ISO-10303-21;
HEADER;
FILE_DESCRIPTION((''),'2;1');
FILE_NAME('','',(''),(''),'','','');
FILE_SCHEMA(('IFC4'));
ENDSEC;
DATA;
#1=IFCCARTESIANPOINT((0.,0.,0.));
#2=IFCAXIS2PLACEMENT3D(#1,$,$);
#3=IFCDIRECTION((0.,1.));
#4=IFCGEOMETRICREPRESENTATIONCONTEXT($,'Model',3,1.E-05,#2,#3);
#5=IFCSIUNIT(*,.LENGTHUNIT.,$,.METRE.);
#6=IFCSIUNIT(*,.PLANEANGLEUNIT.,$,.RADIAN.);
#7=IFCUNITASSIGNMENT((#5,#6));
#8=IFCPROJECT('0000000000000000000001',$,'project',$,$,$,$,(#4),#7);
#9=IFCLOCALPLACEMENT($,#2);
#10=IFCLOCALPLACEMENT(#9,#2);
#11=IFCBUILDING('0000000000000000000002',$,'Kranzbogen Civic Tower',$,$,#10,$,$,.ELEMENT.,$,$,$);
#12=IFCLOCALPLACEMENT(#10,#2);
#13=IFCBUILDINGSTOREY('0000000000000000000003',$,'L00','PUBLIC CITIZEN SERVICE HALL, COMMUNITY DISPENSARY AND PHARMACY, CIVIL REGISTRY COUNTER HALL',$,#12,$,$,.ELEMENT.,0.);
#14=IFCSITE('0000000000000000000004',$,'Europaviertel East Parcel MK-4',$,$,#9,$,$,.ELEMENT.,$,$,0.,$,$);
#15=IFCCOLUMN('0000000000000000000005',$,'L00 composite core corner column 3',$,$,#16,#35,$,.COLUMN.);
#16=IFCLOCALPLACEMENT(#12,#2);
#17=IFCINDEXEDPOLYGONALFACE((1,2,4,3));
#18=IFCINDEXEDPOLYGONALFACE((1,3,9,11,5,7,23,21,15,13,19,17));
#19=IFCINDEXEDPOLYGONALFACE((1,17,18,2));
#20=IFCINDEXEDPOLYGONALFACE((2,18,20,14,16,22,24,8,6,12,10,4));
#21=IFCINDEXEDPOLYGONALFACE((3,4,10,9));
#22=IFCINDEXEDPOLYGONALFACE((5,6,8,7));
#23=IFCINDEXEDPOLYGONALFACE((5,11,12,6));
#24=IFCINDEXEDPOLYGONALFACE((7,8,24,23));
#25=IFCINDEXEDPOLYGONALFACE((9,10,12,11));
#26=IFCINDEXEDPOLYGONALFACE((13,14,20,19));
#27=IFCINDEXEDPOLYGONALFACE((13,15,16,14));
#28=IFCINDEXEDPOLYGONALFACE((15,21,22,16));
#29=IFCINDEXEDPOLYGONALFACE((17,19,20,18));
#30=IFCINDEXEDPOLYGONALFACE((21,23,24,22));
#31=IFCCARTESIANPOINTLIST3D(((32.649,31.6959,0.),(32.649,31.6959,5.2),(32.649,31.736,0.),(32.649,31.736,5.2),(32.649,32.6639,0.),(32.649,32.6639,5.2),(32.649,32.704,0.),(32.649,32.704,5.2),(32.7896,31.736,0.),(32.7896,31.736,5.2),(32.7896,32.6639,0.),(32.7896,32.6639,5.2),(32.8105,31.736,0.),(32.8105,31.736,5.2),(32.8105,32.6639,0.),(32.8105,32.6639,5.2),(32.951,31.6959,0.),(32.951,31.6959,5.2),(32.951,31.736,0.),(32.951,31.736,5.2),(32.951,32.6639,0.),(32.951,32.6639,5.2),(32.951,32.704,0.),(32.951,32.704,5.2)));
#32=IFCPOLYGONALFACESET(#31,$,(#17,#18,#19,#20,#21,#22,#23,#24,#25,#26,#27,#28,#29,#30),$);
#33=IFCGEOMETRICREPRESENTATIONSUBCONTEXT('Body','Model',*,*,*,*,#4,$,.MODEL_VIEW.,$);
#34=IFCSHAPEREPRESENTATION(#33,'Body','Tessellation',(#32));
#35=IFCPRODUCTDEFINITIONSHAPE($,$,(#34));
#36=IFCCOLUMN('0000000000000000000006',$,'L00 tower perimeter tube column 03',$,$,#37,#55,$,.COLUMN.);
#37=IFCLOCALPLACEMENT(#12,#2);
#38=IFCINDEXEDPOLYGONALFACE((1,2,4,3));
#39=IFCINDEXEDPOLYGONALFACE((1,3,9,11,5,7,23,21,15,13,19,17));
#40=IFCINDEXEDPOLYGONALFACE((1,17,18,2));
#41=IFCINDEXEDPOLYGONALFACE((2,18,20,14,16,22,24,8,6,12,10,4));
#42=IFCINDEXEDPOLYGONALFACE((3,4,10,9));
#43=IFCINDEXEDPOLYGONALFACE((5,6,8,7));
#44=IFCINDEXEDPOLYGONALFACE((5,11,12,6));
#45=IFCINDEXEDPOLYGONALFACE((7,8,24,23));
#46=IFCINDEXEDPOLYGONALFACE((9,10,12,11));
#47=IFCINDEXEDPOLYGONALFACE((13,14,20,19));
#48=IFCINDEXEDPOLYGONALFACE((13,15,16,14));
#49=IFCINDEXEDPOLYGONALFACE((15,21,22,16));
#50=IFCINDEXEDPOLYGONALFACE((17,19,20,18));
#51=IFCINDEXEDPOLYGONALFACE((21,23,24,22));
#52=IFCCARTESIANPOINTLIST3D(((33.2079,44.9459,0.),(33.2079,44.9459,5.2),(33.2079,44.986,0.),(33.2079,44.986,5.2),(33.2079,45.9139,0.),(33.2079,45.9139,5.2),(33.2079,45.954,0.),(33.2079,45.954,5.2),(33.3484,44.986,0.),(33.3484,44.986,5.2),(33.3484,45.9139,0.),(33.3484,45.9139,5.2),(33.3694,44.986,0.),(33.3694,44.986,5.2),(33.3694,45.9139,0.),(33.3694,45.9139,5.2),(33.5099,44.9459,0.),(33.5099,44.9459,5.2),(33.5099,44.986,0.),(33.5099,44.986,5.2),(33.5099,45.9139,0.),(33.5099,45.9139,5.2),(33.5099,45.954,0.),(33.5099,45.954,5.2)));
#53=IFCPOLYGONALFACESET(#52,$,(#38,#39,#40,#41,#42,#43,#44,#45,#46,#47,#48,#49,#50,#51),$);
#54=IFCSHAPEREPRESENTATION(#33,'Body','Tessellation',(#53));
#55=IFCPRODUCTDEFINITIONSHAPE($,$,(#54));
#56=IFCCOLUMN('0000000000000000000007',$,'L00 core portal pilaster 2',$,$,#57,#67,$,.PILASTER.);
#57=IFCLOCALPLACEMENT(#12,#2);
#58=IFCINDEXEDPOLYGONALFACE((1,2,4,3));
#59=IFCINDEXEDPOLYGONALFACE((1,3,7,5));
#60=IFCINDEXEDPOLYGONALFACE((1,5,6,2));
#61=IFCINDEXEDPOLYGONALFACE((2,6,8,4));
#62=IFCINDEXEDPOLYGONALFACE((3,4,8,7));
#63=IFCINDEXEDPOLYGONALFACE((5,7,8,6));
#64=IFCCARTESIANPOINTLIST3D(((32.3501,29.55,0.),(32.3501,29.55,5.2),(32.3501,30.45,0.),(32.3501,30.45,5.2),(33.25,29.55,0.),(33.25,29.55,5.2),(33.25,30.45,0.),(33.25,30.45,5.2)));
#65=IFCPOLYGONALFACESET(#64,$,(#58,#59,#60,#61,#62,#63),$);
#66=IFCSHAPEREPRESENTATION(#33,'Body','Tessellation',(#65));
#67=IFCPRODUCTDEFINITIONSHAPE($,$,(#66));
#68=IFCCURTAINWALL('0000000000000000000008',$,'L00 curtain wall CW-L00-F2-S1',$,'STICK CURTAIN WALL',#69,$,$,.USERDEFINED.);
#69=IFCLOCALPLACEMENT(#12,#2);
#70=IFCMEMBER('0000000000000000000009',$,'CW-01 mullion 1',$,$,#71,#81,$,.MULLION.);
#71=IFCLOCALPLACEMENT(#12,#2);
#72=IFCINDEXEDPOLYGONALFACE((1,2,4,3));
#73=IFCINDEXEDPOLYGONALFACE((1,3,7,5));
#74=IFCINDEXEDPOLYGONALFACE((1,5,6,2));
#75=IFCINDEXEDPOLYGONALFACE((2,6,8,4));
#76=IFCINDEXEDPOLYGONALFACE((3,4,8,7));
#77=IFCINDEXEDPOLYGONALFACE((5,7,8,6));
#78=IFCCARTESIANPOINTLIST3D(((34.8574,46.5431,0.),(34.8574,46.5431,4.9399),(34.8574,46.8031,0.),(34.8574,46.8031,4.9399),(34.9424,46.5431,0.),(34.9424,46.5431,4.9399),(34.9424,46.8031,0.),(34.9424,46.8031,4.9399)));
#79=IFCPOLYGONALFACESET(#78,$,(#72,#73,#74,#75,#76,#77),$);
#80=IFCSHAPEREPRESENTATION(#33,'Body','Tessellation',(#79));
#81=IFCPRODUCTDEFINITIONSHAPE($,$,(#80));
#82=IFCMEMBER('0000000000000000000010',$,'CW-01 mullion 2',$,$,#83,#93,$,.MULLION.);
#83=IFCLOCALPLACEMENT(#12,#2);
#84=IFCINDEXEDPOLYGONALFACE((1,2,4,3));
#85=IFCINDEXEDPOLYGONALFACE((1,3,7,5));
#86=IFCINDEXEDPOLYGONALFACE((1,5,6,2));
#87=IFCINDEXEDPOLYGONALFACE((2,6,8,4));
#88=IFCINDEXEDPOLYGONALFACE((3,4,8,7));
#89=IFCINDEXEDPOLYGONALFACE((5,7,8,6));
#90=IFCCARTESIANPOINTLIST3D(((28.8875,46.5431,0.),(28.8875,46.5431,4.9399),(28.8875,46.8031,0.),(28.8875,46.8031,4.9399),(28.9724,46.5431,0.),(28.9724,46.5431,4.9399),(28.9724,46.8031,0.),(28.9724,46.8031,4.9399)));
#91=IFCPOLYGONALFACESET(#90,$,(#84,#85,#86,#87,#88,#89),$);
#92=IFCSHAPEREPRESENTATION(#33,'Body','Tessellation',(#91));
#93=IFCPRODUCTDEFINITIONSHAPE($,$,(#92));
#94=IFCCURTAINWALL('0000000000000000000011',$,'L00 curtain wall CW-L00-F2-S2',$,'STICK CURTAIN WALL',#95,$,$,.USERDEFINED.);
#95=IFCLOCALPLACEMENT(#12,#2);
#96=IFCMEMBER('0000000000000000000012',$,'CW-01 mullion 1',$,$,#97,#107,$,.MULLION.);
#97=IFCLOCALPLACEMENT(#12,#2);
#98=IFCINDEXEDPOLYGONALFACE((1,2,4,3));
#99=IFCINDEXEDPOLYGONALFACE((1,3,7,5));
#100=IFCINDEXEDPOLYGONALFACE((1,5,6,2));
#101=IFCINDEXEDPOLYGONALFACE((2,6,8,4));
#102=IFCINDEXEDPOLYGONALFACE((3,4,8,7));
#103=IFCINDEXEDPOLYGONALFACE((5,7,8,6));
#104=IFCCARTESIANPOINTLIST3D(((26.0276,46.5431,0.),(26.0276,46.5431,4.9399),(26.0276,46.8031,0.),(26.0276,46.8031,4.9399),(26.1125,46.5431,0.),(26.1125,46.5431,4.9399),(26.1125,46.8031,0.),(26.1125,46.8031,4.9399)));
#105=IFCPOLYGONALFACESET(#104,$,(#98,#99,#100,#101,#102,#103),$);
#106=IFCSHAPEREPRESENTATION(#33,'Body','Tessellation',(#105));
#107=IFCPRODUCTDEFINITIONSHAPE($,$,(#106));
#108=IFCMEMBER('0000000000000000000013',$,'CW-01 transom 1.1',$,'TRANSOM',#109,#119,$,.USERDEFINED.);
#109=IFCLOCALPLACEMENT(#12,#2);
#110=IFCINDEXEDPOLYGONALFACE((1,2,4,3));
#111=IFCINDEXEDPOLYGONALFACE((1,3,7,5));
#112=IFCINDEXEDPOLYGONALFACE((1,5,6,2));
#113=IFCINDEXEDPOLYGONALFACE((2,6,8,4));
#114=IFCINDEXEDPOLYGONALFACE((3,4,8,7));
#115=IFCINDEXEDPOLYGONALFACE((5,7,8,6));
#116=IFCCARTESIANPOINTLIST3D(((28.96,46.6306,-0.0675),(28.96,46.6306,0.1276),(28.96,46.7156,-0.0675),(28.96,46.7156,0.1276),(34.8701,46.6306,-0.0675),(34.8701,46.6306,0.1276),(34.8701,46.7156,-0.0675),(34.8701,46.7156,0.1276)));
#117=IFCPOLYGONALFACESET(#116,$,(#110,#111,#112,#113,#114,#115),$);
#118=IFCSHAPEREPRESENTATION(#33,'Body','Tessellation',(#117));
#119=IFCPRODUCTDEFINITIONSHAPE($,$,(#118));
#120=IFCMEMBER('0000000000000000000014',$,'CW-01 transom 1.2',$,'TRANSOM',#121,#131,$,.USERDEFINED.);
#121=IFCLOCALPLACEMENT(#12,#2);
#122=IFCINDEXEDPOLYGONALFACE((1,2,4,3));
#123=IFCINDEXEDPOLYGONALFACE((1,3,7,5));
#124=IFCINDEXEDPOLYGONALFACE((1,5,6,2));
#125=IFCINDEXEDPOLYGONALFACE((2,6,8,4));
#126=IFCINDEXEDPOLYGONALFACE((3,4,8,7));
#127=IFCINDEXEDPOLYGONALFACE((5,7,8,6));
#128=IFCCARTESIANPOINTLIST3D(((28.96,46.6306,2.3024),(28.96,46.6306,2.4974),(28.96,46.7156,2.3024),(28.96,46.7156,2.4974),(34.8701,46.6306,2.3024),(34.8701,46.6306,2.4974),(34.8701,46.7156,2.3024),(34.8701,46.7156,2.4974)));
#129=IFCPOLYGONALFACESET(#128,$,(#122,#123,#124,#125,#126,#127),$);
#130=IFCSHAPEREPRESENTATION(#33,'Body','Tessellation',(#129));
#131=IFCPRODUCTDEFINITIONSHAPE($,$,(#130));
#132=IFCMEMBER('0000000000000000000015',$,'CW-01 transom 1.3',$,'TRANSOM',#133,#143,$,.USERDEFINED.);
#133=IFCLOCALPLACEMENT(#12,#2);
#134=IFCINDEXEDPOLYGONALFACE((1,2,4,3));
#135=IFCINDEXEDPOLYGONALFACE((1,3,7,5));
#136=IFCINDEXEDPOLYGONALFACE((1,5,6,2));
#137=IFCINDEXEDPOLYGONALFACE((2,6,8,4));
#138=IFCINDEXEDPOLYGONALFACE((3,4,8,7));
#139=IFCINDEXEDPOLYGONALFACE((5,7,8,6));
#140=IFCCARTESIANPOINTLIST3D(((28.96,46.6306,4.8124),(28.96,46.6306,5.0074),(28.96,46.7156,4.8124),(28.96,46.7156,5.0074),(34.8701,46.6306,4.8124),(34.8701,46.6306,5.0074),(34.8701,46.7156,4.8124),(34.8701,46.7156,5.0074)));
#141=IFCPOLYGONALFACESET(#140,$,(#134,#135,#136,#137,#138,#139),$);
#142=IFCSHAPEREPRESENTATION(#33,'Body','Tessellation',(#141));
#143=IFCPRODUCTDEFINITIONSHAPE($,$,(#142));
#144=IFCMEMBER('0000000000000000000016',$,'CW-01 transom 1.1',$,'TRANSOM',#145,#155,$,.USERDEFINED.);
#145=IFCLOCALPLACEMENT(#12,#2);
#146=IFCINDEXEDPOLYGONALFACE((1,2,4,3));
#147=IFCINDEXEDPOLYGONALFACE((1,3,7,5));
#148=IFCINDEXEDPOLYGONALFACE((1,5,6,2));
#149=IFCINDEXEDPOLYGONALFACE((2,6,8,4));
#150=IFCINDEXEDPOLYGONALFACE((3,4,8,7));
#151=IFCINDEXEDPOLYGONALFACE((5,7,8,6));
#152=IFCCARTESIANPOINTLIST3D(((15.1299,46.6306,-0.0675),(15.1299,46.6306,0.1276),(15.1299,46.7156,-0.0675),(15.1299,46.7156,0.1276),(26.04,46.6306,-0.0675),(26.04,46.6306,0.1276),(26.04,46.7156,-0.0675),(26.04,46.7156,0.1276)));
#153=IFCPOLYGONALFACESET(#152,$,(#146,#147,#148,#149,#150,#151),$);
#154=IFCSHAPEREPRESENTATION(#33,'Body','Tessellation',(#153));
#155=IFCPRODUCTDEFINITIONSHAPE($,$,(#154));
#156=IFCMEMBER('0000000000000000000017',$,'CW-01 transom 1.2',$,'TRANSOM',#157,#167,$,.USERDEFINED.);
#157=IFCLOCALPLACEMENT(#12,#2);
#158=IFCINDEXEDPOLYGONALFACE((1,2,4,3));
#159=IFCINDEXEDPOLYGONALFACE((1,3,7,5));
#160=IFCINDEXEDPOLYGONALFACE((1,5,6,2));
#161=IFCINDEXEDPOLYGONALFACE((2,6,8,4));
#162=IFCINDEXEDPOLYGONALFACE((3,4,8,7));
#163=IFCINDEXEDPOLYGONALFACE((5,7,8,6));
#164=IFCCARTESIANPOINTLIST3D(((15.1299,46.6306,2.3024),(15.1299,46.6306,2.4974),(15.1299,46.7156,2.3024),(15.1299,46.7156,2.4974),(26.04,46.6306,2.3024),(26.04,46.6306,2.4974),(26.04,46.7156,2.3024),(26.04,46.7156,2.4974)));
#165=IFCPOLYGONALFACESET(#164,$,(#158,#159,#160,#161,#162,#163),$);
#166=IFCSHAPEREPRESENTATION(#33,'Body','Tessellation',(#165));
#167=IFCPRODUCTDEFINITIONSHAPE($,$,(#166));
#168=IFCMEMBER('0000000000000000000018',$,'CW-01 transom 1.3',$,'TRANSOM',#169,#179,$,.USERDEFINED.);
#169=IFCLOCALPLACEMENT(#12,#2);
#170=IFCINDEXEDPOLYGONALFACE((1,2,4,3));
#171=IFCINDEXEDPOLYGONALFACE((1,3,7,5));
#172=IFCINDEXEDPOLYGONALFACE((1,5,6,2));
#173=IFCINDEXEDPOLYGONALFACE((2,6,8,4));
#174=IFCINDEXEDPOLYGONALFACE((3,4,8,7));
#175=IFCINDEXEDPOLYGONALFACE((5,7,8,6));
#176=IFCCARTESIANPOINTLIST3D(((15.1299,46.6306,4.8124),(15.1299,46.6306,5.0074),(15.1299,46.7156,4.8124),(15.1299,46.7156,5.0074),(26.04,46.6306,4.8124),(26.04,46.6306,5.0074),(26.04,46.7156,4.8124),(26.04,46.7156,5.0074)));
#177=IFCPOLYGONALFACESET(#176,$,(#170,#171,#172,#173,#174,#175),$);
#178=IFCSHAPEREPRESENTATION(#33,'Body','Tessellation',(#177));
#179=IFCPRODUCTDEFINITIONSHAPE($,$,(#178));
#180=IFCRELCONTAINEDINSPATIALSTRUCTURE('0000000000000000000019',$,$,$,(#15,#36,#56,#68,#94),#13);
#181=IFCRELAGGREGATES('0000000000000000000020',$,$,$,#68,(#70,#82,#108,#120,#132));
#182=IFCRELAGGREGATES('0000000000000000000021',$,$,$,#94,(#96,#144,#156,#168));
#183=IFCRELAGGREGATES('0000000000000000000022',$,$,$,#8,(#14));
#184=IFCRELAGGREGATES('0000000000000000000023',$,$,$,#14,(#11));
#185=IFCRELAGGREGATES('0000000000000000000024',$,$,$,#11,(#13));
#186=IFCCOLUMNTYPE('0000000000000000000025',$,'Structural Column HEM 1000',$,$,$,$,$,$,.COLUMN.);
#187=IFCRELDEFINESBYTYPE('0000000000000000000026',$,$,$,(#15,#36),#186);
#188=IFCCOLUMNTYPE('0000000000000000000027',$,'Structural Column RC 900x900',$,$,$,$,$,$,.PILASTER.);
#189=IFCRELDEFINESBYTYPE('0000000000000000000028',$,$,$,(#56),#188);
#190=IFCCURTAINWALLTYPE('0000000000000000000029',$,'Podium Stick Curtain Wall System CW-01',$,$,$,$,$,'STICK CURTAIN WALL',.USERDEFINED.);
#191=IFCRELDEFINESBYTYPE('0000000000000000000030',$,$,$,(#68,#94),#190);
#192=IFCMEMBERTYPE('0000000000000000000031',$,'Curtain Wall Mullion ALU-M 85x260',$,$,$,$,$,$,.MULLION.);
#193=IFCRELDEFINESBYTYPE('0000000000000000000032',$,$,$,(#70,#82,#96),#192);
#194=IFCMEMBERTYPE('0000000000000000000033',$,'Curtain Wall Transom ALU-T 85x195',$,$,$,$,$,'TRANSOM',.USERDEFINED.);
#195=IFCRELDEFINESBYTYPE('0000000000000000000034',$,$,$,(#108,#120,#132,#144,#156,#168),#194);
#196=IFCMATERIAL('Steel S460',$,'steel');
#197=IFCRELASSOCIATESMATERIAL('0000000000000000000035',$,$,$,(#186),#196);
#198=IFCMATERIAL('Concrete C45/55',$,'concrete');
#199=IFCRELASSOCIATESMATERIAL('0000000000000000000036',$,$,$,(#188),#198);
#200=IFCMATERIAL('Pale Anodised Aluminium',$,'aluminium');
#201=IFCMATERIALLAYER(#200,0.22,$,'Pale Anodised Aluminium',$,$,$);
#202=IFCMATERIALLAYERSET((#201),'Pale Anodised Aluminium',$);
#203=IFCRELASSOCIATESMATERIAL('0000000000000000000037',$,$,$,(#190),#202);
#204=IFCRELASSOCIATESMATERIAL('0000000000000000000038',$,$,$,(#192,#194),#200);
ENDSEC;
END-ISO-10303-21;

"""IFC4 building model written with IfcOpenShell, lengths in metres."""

from ifc_helpers import new_model, si_unit, direction, frame, origin, origin_2d, place, context, subcontext, project, spatial, rectangle, i_section, extrude, material, layer, layer_set, material_profile, profile_set, type_object, element, aggregate, save


model = new_model("IFC4")

# Units and contexts
model_context = context("Model", 3, precision=1e-05, world=origin(), true_north=direction((0.0, 1.0)))
body_context = subcontext(model_context, "Body", "Model", "MODEL_VIEW")
ifc_project = project(units=[si_unit("LENGTHUNIT", "METRE"), si_unit("PLANEANGLEUNIT", "RADIAN")], contexts=[model_context])

# Site, building, storey
site_placement = place(None, origin())
site = spatial("IfcSite", under=ifc_project, at=site_placement, Name="Europaviertel East Parcel MK-4", CompositionType="ELEMENT", RefElevation=0.0)
building_placement = place(site_placement, origin())
building = spatial("IfcBuilding", under=site, at=building_placement, Name="Kranzbogen Civic Tower", CompositionType="ELEMENT")
storey_placement = place(building_placement, origin())
storey = spatial("IfcBuildingStorey", under=building, at=storey_placement, Name="L00", Description="PUBLIC CITIZEN SERVICE HALL, COMMUNITY DISPENSARY AND PHARMACY, CIVIL REGISTRY COUNTER HALL", CompositionType="ELEMENT", Elevation=0.0)

# Columns
ifc_material_1 = material(Name="Steel S460", Category="steel")
ifc_material_profile_1 = material_profile(ifc_material_1, i_section(OverallWidth=0.302, OverallDepth=1.0081, WebThickness=0.021, FlangeThickness=0.04, at=origin_2d()), Name="HEM 1000")
ifc_profile_set_1 = profile_set([ifc_material_profile_1], Name="Steel S460")
column_type_1 = type_object("IfcColumnType", Name="Structural Column HEM 1000", PredefinedType="COLUMN", material=ifc_profile_set_1)
for number, where, z_axis, x_axis, name in (
    (1, (32.8, 32.2, 0.0), (0.0, 0.0, 1.0), (1.0, 0.0, 0.0), "L00 composite core corner column 3"),
    (2, (33.3589, 45.45, 0.0), (0.0, 0.0, 1.0), (1.0, 0.0, 0.0), "L00 tower perimeter tube column 03"),
):
    element("IfcColumn", number, at=place(storey_placement, frame(where, z_axis=z_axis, x_axis=x_axis)), inside=storey, type_object=column_type_1, Name=name, PredefinedType="COLUMN", context=body_context, shape_type="SweptSolid", body=[
        extrude(i_section(OverallWidth=0.302, OverallDepth=1.0081, WebThickness=0.021, FlangeThickness=0.04, at=origin_2d()), origin(), (0.0, 0.0, 1.0), 5.2),
    ])
ifc_material_2 = material(Name="Concrete C45/55", Category="concrete")
ifc_material_profile_2 = material_profile(ifc_material_2, rectangle(XDim=0.8999, YDim=0.8999, at=origin_2d()), Name="RC 900x900")
ifc_profile_set_2 = profile_set([ifc_material_profile_2], Name="Concrete C45/55")
column_type_2 = type_object("IfcColumnType", Name="Structural Column RC 900x900", PredefinedType="PILASTER", material=ifc_profile_set_2)
column_placement = place(storey_placement, frame((32.8, 30.0, 0.0), z_axis=(0.0, 0.0, 1.0), x_axis=(1.0, 0.0, 0.0)))
element("IfcColumn", 3, at=column_placement, inside=storey, type_object=column_type_2, Name="L00 core portal pilaster 2", PredefinedType="PILASTER", context=body_context, shape_type="SweptSolid", body=[
    extrude(rectangle(XDim=0.8999, YDim=0.8999, at=origin_2d()), origin(), (0.0, 0.0, 1.0), 5.2),
])

# Curtain wall, members
ifc_material_3 = material(Name="Pale Anodised Aluminium", Category="aluminium")
ifc_layer_1 = layer(ifc_material_3, 0.22, Name="Pale Anodised Aluminium")
ifc_layer_set_1 = layer_set([ifc_layer_1], Name="Pale Anodised Aluminium")
curtain_wall_type = type_object("IfcCurtainWallType", Name="Podium Stick Curtain Wall System CW-01", ElementType="STICK CURTAIN WALL", PredefinedType="USERDEFINED", material=ifc_layer_set_1)
curtain_wall_1_placement = place(storey_placement, origin())
curtain_wall_1 = element("IfcCurtainWall", 4, at=curtain_wall_1_placement, inside=storey, type_object=curtain_wall_type, Name="L00 curtain wall CW-L00-F2-S1", ObjectType="STICK CURTAIN WALL", PredefinedType="USERDEFINED")
ifc_material_profile_3 = material_profile(ifc_material_3, rectangle(XDim=0.085, YDim=0.26, at=origin_2d()), Name="ALU-M 85x260")
ifc_profile_set_3 = profile_set([ifc_material_profile_3], Name="Pale Anodised Aluminium")
member_type_1 = type_object("IfcMemberType", Name="Curtain Wall Mullion ALU-M 85x260", PredefinedType="MULLION", material=ifc_profile_set_3)
member_1_placement = place(storey_placement, frame((34.8999, 46.6731, 0.0), z_axis=(0.0, 0.0, 1.0), x_axis=(-1.0, 0.0, 0.0)))
member_1 = element("IfcMember", 5, at=member_1_placement, type_object=member_type_1, Name="CW-01 mullion 1", PredefinedType="MULLION", context=body_context, shape_type="SweptSolid", body=[
    extrude(rectangle(XDim=0.085, YDim=0.26, at=origin_2d()), origin(), (0.0, 0.0, 1.0), 4.9399),
])
member_2_placement = place(storey_placement, frame((28.9299, 46.6731, 0.0), z_axis=(0.0, 0.0, 1.0), x_axis=(-1.0, 0.0, 0.0)))
member_2 = element("IfcMember", 6, at=member_2_placement, type_object=member_type_1, Name="CW-01 mullion 2", PredefinedType="MULLION", context=body_context, shape_type="SweptSolid", body=[
    extrude(rectangle(XDim=0.085, YDim=0.26, at=origin_2d()), origin(), (0.0, 0.0, 1.0), 4.9399),
])

# Curtain wall, member
curtain_wall_2_placement = place(storey_placement, origin())
curtain_wall_2 = element("IfcCurtainWall", 7, at=curtain_wall_2_placement, inside=storey, type_object=curtain_wall_type, Name="L00 curtain wall CW-L00-F2-S2", ObjectType="STICK CURTAIN WALL", PredefinedType="USERDEFINED")
member_3_placement = place(storey_placement, frame((26.0701, 46.6731, 0.0), z_axis=(0.0, 0.0, 1.0), x_axis=(-1.0, 0.0, 0.0)))
member_3 = element("IfcMember", 8, at=member_3_placement, type_object=member_type_1, Name="CW-01 mullion 1", PredefinedType="MULLION", context=body_context, shape_type="SweptSolid", body=[
    extrude(rectangle(XDim=0.085, YDim=0.26, at=origin_2d()), origin(), (0.0, 0.0, 1.0), 4.9399),
])

# Members
ifc_material_profile_4 = material_profile(ifc_material_3, rectangle(XDim=0.085, YDim=0.1951, at=origin_2d()), Name="ALU-T 85x195")
ifc_profile_set_4 = profile_set([ifc_material_profile_4], Name="Pale Anodised Aluminium")
member_type_2 = type_object("IfcMemberType", Name="Curtain Wall Transom ALU-T 85x195", ElementType="TRANSOM", PredefinedType="USERDEFINED", material=ifc_profile_set_4)
member_4_placement = place(storey_placement, frame((34.8701, 46.6731, 0.03), z_axis=(-1.0, 0.0, 0.0), x_axis=(0.0, -1.0, 0.0)))
member_4 = element("IfcMember", 9, at=member_4_placement, type_object=member_type_2, Name="CW-01 transom 1.1", ObjectType="TRANSOM", PredefinedType="USERDEFINED", context=body_context, shape_type="SweptSolid", body=[
    extrude(rectangle(XDim=0.085, YDim=0.1951, at=origin_2d()), origin(), (0.0, 0.0, 1.0), 5.9102),
])
member_5_placement = place(storey_placement, frame((34.8701, 46.6731, 2.3999), z_axis=(-1.0, 0.0, 0.0), x_axis=(0.0, -1.0, 0.0)))
member_5 = element("IfcMember", 10, at=member_5_placement, type_object=member_type_2, Name="CW-01 transom 1.2", ObjectType="TRANSOM", PredefinedType="USERDEFINED", context=body_context, shape_type="SweptSolid", body=[
    extrude(rectangle(XDim=0.085, YDim=0.1951, at=origin_2d()), origin(), (0.0, 0.0, 1.0), 5.9102),
])
member_6_placement = place(storey_placement, frame((34.8701, 46.6731, 4.9099), z_axis=(-1.0, 0.0, 0.0), x_axis=(0.0, -1.0, 0.0)))
member_6 = element("IfcMember", 11, at=member_6_placement, type_object=member_type_2, Name="CW-01 transom 1.3", ObjectType="TRANSOM", PredefinedType="USERDEFINED", context=body_context, shape_type="SweptSolid", body=[
    extrude(rectangle(XDim=0.085, YDim=0.1951, at=origin_2d()), origin(), (0.0, 0.0, 1.0), 5.9102),
])
member_7_placement = place(storey_placement, frame((26.04, 46.6731, 0.03), z_axis=(-1.0, 0.0, 0.0), x_axis=(0.0, -1.0, 0.0)))
member_7 = element("IfcMember", 12, at=member_7_placement, type_object=member_type_2, Name="CW-01 transom 1.1", ObjectType="TRANSOM", PredefinedType="USERDEFINED", context=body_context, shape_type="SweptSolid", body=[
    extrude(rectangle(XDim=0.085, YDim=0.1951, at=origin_2d()), origin(), (0.0, 0.0, 1.0), 10.9102),
])
member_8_placement = place(storey_placement, frame((26.04, 46.6731, 2.3999), z_axis=(-1.0, 0.0, 0.0), x_axis=(0.0, -1.0, 0.0)))
member_8 = element("IfcMember", 13, at=member_8_placement, type_object=member_type_2, Name="CW-01 transom 1.2", ObjectType="TRANSOM", PredefinedType="USERDEFINED", context=body_context, shape_type="SweptSolid", body=[
    extrude(rectangle(XDim=0.085, YDim=0.1951, at=origin_2d()), origin(), (0.0, 0.0, 1.0), 10.9102),
])
member_9_placement = place(storey_placement, frame((26.04, 46.6731, 4.9099), z_axis=(-1.0, 0.0, 0.0), x_axis=(0.0, -1.0, 0.0)))
member_9 = element("IfcMember", 14, at=member_9_placement, type_object=member_type_2, Name="CW-01 transom 1.3", ObjectType="TRANSOM", PredefinedType="USERDEFINED", context=body_context, shape_type="SweptSolid", body=[
    extrude(rectangle(XDim=0.085, YDim=0.1951, at=origin_2d()), origin(), (0.0, 0.0, 1.0), 10.9102),
])

aggregate(curtain_wall_1, [member_1, member_2, member_4, member_5, member_6])
aggregate(curtain_wall_2, [member_3, member_7, member_8, member_9])

save(model, "model.ifc")
